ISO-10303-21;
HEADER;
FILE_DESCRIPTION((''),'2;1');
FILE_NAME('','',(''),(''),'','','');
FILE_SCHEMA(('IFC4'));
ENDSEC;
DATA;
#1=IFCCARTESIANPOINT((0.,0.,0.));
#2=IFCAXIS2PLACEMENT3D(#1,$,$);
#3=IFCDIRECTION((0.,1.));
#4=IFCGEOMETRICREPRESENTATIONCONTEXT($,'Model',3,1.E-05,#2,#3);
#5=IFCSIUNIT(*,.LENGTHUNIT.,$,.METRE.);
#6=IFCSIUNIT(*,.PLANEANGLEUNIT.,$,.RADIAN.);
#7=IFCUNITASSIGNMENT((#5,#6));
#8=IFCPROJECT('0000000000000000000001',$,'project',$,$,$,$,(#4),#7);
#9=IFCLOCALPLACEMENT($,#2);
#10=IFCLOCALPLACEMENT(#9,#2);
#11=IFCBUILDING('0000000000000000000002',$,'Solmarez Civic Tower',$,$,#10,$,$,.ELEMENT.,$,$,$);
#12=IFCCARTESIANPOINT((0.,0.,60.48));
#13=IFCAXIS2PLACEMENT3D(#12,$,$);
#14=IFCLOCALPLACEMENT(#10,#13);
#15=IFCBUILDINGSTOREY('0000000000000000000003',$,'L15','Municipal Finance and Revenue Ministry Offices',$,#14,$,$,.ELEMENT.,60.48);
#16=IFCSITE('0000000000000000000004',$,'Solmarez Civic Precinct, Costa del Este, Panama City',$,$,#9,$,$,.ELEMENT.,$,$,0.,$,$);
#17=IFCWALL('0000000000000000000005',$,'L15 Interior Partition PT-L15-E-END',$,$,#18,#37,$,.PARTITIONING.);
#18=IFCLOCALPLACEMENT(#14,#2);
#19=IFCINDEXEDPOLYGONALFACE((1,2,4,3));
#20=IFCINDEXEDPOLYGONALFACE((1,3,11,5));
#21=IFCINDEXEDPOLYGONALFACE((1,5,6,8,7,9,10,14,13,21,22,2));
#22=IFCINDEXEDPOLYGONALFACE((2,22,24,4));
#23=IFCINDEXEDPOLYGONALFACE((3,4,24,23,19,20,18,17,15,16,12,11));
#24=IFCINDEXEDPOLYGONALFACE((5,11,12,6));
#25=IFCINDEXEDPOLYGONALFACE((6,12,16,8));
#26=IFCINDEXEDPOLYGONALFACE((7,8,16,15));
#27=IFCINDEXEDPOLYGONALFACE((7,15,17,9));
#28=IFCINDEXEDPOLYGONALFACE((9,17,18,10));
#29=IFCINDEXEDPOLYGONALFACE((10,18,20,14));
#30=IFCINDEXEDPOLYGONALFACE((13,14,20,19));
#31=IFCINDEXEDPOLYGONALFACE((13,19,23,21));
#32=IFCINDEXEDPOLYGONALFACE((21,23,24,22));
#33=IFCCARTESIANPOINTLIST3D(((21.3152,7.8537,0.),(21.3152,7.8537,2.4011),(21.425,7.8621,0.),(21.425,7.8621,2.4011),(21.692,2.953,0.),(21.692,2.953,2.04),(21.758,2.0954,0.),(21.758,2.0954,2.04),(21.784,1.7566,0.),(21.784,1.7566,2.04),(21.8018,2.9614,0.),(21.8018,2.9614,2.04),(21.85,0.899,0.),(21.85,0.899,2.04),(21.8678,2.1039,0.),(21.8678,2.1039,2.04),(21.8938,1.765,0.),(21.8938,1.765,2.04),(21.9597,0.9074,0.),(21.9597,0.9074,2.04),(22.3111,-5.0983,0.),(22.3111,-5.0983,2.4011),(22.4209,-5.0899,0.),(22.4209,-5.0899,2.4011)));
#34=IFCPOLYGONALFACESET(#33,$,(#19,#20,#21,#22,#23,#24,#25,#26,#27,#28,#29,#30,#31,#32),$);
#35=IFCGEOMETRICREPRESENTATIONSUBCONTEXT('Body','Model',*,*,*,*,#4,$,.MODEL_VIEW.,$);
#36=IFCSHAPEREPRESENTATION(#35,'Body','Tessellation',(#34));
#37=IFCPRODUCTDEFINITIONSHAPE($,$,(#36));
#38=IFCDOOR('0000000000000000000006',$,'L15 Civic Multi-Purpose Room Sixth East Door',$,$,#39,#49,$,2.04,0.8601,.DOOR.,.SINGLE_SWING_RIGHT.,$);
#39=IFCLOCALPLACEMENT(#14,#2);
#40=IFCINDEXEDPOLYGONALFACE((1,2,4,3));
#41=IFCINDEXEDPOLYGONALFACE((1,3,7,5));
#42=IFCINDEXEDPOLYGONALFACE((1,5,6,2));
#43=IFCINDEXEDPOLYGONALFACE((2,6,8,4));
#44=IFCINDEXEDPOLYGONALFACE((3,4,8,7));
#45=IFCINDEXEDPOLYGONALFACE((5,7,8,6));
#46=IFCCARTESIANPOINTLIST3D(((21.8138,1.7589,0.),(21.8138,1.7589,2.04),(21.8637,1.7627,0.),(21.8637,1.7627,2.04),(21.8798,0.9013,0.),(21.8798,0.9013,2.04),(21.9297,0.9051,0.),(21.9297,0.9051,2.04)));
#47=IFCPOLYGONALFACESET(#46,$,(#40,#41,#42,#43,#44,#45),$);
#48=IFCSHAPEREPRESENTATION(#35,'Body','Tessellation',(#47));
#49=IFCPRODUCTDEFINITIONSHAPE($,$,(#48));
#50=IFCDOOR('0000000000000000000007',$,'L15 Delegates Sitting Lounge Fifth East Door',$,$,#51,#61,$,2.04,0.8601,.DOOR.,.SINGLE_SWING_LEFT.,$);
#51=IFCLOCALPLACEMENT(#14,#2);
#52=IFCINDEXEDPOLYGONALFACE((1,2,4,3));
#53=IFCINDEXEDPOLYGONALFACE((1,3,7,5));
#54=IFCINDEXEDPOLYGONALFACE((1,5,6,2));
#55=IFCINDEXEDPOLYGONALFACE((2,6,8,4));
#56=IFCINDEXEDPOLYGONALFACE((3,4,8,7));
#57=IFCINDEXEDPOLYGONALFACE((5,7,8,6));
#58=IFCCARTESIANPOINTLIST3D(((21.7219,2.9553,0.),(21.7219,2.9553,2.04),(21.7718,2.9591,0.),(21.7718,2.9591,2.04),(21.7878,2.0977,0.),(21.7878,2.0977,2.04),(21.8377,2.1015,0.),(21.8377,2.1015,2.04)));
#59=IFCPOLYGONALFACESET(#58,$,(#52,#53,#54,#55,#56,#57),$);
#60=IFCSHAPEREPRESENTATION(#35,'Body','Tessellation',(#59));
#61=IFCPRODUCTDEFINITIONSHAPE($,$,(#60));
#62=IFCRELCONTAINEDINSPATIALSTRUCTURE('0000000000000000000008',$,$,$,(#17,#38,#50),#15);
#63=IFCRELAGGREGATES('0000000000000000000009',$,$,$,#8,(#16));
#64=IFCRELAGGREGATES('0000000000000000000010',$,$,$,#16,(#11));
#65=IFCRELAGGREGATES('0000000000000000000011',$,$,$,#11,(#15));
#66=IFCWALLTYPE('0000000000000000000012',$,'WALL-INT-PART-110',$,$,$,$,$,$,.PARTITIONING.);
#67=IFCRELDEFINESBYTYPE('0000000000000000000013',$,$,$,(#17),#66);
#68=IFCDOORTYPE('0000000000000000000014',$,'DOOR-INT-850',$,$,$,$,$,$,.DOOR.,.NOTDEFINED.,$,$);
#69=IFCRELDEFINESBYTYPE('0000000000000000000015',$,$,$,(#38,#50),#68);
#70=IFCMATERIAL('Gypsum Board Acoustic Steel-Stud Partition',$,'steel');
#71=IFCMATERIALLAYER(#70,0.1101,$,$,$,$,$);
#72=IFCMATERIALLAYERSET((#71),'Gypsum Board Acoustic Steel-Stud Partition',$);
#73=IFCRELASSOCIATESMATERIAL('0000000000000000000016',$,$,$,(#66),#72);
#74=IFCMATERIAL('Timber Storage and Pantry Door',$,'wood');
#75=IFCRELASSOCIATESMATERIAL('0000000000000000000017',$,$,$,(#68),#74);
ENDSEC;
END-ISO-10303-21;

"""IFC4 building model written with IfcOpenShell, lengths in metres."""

from ifc_helpers import new_model, si_unit, direction, frame, frame_2d, origin, place, context, subcontext, project, spatial, rectangle, extrude, material, layer, layer_set, type_object, element, fill, save


model = new_model("IFC4")

# Units and contexts
model_context = context("Model", 3, precision=1e-05, world=origin(), true_north=direction((0.0, 1.0)))
body_context = subcontext(model_context, "Body", "Model", "MODEL_VIEW")
ifc_project = project(units=[si_unit("LENGTHUNIT", "METRE"), si_unit("PLANEANGLEUNIT", "RADIAN")], contexts=[model_context])

# Site, building, storey
site_placement = place(None, origin())
site = spatial("IfcSite", under=ifc_project, at=site_placement, Name="Solmarez Civic Precinct, Costa del Este, Panama City", CompositionType="ELEMENT", RefElevation=0.0)
building_placement = place(site_placement, origin())
building = spatial("IfcBuilding", under=site, at=building_placement, Name="Solmarez Civic Tower", CompositionType="ELEMENT")
storey_placement = place(building_placement, frame((0.0, 0.0, 60.48)))
storey = spatial("IfcBuildingStorey", under=building, at=storey_placement, Name="L15", Description="Municipal Finance and Revenue Ministry Offices", CompositionType="ELEMENT", Elevation=60.48)

# Shared definitions
ifc_material_1 = material(Name="Gypsum Board Acoustic Steel-Stud Partition", Category="steel")
ifc_layer_1 = layer(ifc_material_1, 0.1101)
ifc_layer_set_1 = layer_set([ifc_layer_1], Name="Gypsum Board Acoustic Steel-Stud Partition")
wall_type_1 = type_object("IfcWallType", Name="WALL-INT-PART-110", PredefinedType="PARTITIONING", material=ifc_layer_set_1)

# Wall, openings, doors
wall_1_placement = place(storey_placement, frame((21.3701, 7.8579, 0.0), z_axis=(0.0, 0.0, 1.0), x_axis=(0.076662, -0.997057, 0.0)))
wall_1 = element("IfcWall", 1, at=wall_1_placement, inside=storey, type_object=wall_type_1, Name="L15 Interior Partition PT-L15-E-END", PredefinedType="PARTITIONING", context=body_context, shape_type="SweptSolid", body=[
    extrude(rectangle(XDim=12.9902, YDim=0.1101, at=frame_2d((6.4951, 0.0))), origin(), (0.0, 0.0, 1.0), 2.4011),
])
opening_1_placement = place(wall_1_placement, frame((6.115, 0.0, 0.0)))
opening_1 = element("IfcOpeningElement", 2, at=opening_1_placement, cuts=wall_1, PredefinedType="OPENING", context=body_context, shape_type="SweptSolid", body=[
    extrude(rectangle(XDim=0.8601, YDim=2.04, at=frame_2d((0.4302, 1.02))), frame((0.0, 0.0649, 0.0), z_axis=(0.0, -1.0, 0.0), x_axis=(1.0, 0.0, 0.0)), (0.0, 0.0, 1.0), 0.1301),
])
opening_2_placement = place(wall_1_placement, frame((4.915, 0.0, 0.0)))
opening_2 = element("IfcOpeningElement", 3, at=opening_2_placement, cuts=wall_1, PredefinedType="OPENING", context=body_context, shape_type="SweptSolid", body=[
    extrude(rectangle(XDim=0.8601, YDim=2.04, at=frame_2d((0.4302, 1.02))), frame((0.0, 0.0649, 0.0), z_axis=(0.0, -1.0, 0.0), x_axis=(1.0, 0.0, 0.0)), (0.0, 0.0, 1.0), 0.1301),
])
ifc_material_2 = material(Name="Timber Storage and Pantry Door", Category="wood")
door_type_1 = type_object("IfcDoorType", Name="DOOR-INT-850", OperationType="NOTDEFINED", PredefinedType="DOOR", material=ifc_material_2)
door_1_placement = place(opening_1_placement, origin())
door_1 = element("IfcDoor", 4, at=door_1_placement, inside=storey, type_object=door_type_1, Name="L15 Civic Multi-Purpose Room Sixth East Door", OperationType="SINGLE_SWING_RIGHT", OverallHeight=2.04, OverallWidth=0.8601, PredefinedType="DOOR", context=body_context, shape_type="SweptSolid", body=[
    extrude(rectangle(XDim=0.8601, YDim=2.04, at=frame_2d((0.4302, 1.02))), frame((0.0, 0.0249, 0.0), z_axis=(0.0, -1.0, 0.0), x_axis=(1.0, 0.0, 0.0)), (0.0, 0.0, 1.0), 0.05),
])
fill(opening_1, door_1)
door_2_placement = place(opening_2_placement, origin())
door_2 = element("IfcDoor", 5, at=door_2_placement, inside=storey, type_object=door_type_1, Name="L15 Delegates Sitting Lounge Fifth East Door", OperationType="SINGLE_SWING_LEFT", OverallHeight=2.04, OverallWidth=0.8601, PredefinedType="DOOR", context=body_context, shape_type="SweptSolid", body=[
    extrude(rectangle(XDim=0.8601, YDim=2.04, at=frame_2d((0.4302, 1.02))), frame((0.0, 0.0249, 0.0), z_axis=(0.0, -1.0, 0.0), x_axis=(1.0, 0.0, 0.0)), (0.0, 0.0, 1.0), 0.05),
])
fill(opening_2, door_2)

save(model, "model.ifc")
